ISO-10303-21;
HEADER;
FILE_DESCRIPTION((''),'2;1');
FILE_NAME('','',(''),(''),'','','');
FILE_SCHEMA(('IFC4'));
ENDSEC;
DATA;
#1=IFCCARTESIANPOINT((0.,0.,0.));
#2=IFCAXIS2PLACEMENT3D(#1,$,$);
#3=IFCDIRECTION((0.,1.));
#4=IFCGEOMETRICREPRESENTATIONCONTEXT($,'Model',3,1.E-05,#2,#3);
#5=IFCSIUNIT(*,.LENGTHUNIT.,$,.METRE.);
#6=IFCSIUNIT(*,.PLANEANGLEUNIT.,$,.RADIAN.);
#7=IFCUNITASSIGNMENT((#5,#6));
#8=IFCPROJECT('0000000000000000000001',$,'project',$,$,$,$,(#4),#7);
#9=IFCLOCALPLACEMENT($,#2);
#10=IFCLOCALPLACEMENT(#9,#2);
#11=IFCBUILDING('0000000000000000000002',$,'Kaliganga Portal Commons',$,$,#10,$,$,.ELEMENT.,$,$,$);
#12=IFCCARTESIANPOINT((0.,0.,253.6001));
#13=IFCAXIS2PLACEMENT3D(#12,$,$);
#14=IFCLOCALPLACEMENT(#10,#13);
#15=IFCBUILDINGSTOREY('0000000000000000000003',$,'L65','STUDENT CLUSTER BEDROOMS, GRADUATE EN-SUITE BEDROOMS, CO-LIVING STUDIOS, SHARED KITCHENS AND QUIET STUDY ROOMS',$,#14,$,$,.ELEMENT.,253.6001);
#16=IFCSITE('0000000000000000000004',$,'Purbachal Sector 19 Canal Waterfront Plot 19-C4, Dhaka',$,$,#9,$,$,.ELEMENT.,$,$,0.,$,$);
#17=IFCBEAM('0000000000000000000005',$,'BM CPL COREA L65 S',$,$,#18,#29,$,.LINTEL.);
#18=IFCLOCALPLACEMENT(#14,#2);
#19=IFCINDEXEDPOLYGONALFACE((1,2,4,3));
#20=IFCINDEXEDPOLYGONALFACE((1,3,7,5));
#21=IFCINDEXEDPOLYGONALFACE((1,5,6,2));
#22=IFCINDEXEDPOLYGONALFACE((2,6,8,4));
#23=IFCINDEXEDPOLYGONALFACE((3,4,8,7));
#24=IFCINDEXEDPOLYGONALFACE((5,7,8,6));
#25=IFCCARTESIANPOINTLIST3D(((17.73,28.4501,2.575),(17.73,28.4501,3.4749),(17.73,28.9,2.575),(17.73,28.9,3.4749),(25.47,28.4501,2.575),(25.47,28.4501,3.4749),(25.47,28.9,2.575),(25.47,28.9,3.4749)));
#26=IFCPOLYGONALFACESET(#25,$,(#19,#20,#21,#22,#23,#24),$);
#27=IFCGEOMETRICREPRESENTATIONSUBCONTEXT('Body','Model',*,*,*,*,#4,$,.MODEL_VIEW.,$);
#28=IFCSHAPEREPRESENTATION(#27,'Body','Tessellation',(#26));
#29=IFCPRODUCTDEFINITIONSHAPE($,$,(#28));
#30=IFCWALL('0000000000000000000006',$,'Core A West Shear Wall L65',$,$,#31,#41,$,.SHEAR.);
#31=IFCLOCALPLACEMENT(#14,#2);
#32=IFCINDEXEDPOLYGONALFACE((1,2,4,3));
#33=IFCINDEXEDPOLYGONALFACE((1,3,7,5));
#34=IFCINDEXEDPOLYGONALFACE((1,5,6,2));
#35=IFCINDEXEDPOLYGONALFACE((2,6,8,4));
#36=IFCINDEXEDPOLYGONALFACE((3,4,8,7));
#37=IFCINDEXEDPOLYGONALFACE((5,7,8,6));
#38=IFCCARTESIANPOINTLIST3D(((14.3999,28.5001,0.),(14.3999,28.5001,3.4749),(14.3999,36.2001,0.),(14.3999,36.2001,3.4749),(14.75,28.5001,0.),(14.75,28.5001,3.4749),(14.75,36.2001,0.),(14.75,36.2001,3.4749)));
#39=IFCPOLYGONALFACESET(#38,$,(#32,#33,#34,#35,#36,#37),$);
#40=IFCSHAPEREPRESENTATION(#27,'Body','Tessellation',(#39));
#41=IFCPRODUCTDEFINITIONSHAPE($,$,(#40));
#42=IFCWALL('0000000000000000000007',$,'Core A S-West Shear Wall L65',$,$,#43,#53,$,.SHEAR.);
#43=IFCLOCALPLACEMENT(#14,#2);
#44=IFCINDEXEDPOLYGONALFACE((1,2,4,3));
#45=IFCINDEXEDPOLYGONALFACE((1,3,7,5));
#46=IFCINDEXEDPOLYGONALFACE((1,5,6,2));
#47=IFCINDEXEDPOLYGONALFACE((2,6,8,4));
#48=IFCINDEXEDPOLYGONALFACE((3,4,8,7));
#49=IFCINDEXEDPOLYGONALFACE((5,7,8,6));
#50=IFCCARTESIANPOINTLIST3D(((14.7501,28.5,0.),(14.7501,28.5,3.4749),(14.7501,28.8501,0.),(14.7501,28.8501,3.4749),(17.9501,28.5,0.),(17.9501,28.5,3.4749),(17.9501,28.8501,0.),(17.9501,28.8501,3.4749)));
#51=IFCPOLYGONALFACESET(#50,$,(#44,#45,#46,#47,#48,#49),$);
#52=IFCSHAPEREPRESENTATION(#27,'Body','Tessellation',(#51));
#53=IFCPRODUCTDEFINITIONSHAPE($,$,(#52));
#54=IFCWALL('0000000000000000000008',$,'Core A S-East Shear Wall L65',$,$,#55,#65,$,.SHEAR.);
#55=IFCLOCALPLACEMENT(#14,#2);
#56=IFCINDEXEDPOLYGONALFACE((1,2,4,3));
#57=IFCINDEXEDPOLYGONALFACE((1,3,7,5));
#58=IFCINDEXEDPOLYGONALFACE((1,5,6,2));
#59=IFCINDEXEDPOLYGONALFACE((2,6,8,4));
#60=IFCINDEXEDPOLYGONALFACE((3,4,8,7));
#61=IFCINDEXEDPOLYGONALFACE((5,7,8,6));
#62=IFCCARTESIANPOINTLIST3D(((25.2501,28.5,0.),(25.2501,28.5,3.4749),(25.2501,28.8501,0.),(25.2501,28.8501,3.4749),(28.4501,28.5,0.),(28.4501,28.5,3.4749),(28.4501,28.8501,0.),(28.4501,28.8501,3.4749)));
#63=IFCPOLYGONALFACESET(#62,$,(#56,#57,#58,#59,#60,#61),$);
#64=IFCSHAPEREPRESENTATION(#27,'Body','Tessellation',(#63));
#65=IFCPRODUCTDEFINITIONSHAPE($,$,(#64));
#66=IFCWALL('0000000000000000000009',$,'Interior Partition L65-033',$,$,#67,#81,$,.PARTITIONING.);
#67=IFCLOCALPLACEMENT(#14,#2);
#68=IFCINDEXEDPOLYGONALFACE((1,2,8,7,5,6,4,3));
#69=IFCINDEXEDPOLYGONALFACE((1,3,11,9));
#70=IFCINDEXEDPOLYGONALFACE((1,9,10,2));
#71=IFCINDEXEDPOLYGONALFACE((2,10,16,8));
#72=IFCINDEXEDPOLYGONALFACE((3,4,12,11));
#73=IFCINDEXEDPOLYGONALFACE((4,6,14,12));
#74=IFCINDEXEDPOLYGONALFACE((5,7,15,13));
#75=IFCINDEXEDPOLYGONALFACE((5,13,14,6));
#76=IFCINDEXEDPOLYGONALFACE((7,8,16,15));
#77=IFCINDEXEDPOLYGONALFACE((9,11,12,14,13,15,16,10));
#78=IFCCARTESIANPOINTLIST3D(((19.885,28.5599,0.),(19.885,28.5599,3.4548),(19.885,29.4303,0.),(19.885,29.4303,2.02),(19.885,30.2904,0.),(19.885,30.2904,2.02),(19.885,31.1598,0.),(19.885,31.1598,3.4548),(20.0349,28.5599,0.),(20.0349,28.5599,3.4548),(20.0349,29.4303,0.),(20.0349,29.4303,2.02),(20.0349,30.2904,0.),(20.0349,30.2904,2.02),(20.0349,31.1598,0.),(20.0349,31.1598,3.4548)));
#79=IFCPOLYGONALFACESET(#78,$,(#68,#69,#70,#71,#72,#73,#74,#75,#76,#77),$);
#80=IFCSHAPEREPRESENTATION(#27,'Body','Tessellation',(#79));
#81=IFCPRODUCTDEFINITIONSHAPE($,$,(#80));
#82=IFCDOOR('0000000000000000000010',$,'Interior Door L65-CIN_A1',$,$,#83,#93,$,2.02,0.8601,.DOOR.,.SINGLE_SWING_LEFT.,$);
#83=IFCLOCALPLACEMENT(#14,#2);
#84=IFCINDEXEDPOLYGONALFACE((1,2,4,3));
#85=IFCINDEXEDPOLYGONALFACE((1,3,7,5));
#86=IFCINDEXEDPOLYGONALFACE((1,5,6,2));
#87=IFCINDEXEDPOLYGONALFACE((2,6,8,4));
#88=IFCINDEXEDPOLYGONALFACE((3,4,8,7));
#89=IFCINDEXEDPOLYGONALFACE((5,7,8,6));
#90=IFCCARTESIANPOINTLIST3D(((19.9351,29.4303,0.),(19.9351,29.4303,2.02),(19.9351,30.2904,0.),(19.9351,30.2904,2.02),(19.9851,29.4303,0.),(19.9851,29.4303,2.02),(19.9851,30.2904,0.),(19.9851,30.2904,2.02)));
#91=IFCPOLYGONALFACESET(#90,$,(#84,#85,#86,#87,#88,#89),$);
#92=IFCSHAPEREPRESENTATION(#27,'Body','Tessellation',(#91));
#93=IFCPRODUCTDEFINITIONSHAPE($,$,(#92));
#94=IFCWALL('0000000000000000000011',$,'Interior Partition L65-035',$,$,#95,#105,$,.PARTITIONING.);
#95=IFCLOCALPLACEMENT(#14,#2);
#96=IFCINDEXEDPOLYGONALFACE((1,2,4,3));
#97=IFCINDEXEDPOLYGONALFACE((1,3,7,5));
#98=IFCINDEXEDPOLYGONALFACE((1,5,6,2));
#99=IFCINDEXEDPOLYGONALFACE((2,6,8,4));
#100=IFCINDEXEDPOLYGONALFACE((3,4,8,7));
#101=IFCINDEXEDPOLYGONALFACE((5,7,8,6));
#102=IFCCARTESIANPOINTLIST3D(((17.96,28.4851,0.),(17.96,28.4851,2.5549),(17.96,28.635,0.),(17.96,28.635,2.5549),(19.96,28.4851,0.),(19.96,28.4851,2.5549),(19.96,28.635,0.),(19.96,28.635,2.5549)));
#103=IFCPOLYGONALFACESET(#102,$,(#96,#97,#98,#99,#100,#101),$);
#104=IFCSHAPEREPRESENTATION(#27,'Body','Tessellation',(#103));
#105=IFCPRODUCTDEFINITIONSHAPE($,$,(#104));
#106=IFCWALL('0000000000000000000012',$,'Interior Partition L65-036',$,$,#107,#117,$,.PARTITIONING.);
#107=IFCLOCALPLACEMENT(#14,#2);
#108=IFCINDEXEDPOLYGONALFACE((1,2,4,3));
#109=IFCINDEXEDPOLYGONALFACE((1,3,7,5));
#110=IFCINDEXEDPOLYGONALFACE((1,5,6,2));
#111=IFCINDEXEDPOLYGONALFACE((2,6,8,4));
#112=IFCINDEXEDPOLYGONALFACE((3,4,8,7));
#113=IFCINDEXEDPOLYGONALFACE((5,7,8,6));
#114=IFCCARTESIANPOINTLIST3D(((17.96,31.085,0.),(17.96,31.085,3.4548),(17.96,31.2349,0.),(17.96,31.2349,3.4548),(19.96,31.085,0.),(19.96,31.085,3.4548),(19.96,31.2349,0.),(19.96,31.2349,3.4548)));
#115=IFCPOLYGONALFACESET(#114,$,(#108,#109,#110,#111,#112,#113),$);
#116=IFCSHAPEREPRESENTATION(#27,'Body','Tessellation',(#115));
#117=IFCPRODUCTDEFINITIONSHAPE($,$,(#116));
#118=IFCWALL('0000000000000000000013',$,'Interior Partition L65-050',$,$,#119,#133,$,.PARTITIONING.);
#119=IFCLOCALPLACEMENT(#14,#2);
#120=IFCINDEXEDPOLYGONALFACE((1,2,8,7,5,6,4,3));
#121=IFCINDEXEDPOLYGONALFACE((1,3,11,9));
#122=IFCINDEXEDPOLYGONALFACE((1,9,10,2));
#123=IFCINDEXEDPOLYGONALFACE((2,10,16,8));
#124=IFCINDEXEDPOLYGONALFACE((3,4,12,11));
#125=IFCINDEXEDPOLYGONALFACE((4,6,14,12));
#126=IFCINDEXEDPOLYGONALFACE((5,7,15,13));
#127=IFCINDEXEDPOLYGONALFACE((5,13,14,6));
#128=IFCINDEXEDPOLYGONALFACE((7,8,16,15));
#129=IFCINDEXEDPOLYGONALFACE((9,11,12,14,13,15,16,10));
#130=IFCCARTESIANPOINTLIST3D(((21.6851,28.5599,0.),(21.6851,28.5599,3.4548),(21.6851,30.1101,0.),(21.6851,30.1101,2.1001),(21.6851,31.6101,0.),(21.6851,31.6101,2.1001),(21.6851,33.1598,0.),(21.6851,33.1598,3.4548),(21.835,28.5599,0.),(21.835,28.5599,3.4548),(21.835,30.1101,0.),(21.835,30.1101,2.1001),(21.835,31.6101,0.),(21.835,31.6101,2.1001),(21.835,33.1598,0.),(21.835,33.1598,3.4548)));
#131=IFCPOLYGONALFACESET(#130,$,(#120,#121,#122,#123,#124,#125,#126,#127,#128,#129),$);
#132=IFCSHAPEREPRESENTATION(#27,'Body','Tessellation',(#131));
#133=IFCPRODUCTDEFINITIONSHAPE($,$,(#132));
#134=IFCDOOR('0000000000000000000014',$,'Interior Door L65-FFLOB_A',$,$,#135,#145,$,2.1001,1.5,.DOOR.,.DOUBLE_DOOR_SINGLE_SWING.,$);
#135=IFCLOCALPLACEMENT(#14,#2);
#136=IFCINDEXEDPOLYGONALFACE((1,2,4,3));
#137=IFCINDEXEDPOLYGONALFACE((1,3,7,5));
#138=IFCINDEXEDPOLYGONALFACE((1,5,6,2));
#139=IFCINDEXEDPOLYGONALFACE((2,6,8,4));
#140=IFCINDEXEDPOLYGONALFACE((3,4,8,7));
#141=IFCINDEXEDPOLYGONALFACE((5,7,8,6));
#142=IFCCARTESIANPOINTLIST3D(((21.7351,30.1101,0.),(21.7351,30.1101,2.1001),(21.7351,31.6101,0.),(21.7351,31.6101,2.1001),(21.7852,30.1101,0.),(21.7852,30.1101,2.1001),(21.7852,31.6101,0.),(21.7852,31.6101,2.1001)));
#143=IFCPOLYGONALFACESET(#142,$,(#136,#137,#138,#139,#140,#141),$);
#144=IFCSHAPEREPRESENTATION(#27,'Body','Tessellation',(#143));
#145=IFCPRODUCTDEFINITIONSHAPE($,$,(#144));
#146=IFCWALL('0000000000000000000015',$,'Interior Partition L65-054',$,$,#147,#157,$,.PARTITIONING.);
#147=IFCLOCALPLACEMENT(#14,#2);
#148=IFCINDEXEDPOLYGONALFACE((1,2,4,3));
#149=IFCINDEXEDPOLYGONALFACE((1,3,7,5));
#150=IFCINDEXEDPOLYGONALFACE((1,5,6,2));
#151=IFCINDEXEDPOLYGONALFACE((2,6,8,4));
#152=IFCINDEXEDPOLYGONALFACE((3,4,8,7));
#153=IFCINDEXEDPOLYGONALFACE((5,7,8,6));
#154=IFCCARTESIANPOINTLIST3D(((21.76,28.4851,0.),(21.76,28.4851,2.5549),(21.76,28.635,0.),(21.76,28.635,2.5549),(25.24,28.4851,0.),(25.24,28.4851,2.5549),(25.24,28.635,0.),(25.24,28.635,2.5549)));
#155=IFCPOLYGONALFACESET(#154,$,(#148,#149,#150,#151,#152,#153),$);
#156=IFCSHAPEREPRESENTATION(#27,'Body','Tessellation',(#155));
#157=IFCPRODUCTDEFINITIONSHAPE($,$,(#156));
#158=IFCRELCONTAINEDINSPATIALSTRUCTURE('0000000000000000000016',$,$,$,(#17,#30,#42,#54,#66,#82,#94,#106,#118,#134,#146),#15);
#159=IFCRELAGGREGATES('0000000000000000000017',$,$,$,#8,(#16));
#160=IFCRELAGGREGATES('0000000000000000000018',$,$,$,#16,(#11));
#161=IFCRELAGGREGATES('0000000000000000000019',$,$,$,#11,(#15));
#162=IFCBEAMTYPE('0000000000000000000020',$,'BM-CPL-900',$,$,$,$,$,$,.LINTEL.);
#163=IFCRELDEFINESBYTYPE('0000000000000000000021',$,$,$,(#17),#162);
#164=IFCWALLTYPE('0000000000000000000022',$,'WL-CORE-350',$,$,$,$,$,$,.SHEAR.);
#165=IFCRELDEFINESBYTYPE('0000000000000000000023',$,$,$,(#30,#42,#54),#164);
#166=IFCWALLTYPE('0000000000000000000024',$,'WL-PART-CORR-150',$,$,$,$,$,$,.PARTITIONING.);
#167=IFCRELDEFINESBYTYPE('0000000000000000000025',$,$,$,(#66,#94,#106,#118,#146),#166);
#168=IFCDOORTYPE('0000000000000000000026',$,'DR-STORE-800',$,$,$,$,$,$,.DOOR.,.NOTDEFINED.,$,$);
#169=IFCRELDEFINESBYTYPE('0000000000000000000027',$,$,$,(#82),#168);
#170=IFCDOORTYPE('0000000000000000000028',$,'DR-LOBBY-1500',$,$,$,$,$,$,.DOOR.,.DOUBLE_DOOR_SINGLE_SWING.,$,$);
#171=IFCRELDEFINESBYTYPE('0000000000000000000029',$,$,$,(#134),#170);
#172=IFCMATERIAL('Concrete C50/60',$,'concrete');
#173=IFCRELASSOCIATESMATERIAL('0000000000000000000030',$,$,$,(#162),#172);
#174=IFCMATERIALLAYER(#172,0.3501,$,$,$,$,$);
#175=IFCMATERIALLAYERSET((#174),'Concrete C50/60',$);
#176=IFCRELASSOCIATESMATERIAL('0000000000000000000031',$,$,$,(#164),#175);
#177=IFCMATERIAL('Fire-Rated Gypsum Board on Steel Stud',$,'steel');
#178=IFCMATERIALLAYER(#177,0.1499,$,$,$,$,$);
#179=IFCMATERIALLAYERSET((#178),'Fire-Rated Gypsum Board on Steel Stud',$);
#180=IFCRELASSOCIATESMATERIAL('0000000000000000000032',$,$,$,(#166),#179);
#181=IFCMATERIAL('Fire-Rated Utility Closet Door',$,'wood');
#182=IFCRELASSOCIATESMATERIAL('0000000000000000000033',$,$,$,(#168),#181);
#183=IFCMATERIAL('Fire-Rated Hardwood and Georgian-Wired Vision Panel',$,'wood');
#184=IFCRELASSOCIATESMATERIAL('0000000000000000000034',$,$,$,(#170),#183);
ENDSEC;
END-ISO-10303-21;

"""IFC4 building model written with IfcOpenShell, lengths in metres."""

from ifc_helpers import new_model, si_unit, direction, frame, frame_2d, origin, origin_2d, place, context, subcontext, project, spatial, rectangle, extrude, source, transform, mapped, material, layer, layer_set, material_profile, profile_set, type_object, element, fill, save


model = new_model("IFC4")

# Units and contexts
model_context = context("Model", 3, precision=1e-05, world=origin(), true_north=direction((0.0, 1.0)))
body_context = subcontext(model_context, "Body", "Model", "MODEL_VIEW")
ifc_project = project(units=[si_unit("LENGTHUNIT", "METRE"), si_unit("PLANEANGLEUNIT", "RADIAN")], contexts=[model_context])

# Site, building, storey
site_placement = place(None, origin())
site = spatial("IfcSite", under=ifc_project, at=site_placement, Name="Purbachal Sector 19 Canal Waterfront Plot 19-C4, Dhaka", CompositionType="ELEMENT", RefElevation=0.0)
building_placement = place(site_placement, origin())
building = spatial("IfcBuilding", under=site, at=building_placement, Name="Kaliganga Portal Commons", CompositionType="ELEMENT")
storey_placement = place(building_placement, frame((0.0, 0.0, 253.6001)))
storey = spatial("IfcBuildingStorey", under=building, at=storey_placement, Name="L65", Description="STUDENT CLUSTER BEDROOMS, GRADUATE EN-SUITE BEDROOMS, CO-LIVING STUDIOS, SHARED KITCHENS AND QUIET STUDY ROOMS", CompositionType="ELEMENT", Elevation=253.6001)

# Beam
ifc_material_1 = material(Name="Concrete C50/60", Category="concrete")
ifc_material_profile = material_profile(ifc_material_1, rectangle(XDim=0.45, YDim=0.8999, at=origin_2d()), Name="RC 450x900")
ifc_profile_set = profile_set([ifc_material_profile], Name="Concrete C50/60")
beam_type = type_object("IfcBeamType", Name="BM-CPL-900", PredefinedType="LINTEL", material=ifc_profile_set)
shared_shape = source(origin(), body_context, "Body", "SweptSolid", [
    extrude(rectangle(XDim=0.45, YDim=0.8999, at=origin_2d()), origin(), (0.0, 0.0, 1.0), 7.74),
])
beam_placement = place(storey_placement, frame((17.73, 28.675, 3.0249), z_axis=(1.0, 0.0, 0.0), x_axis=(0.0, 1.0, 0.0)))
element("IfcBeam", 1, at=beam_placement, inside=storey, type_object=beam_type, Name="BM CPL COREA L65 S", PredefinedType="LINTEL", context=body_context, shape_type="MappedRepresentation", body=[
    mapped(shared_shape, transform((0.0, 0.0, 0.0), x_axis=(1.0, 0.0, 0.0), y_axis=(0.0, 1.0, 0.0), z_axis=(0.0, 0.0, 1.0), scale=1.0)),
])

# Walls
ifc_layer_1 = layer(ifc_material_1, 0.3501)
ifc_layer_set_1 = layer_set([ifc_layer_1], Name="Concrete C50/60")
wall_type_1 = type_object("IfcWallType", Name="WL-CORE-350", PredefinedType="SHEAR", material=ifc_layer_set_1)
wall_1_placement = place(storey_placement, frame((14.575, 28.5, 0.0), z_axis=(0.0, 0.0, 1.0), x_axis=(0.0, 1.0, 0.0)))
element("IfcWall", 2, at=wall_1_placement, inside=storey, type_object=wall_type_1, Name="Core A West Shear Wall L65", PredefinedType="SHEAR", context=body_context, shape_type="SweptSolid", body=[
    extrude(rectangle(XDim=7.7, YDim=0.3501, at=frame_2d((3.8501, 0.0))), origin(), (0.0, 0.0, 1.0), 3.4749),
])
for number, where, z_axis, x_axis, name in (
    (3, (14.75, 28.675, 0.0), (0.0, 0.0, 1.0), (1.0, 0.0, 0.0), "Core A S-West Shear Wall L65"),
    (4, (25.25, 28.675, 0.0), (0.0, 0.0, 1.0), (1.0, 0.0, 0.0), "Core A S-East Shear Wall L65"),
):
    element("IfcWall", number, at=place(storey_placement, frame(where, z_axis=z_axis, x_axis=x_axis)), inside=storey, type_object=wall_type_1, Name=name, PredefinedType="SHEAR", context=body_context, shape_type="SweptSolid", body=[
        extrude(rectangle(XDim=3.2, YDim=0.3501, at=frame_2d((1.6001, 0.0))), origin(), (0.0, 0.0, 1.0), 3.4749),
    ])

# Wall, opening, door
ifc_material_2 = material(Name="Fire-Rated Gypsum Board on Steel Stud", Category="steel")
ifc_layer_2 = layer(ifc_material_2, 0.1499)
ifc_layer_set_2 = layer_set([ifc_layer_2], Name="Fire-Rated Gypsum Board on Steel Stud")
wall_type_2 = type_object("IfcWallType", Name="WL-PART-CORR-150", PredefinedType="PARTITIONING", material=ifc_layer_set_2)
wall_2_placement = place(storey_placement, frame((19.96, 28.5601, 0.0), z_axis=(0.0, 0.0, 1.0), x_axis=(0.0, 1.0, 0.0)))
wall_2 = element("IfcWall", 5, at=wall_2_placement, inside=storey, type_object=wall_type_2, Name="Interior Partition L65-033", PredefinedType="PARTITIONING", context=body_context, shape_type="SweptSolid", body=[
    extrude(rectangle(XDim=2.5999, YDim=0.1499, at=frame_2d((1.2998, 0.0))), origin(), (0.0, 0.0, 1.0), 3.4548),
])
opening_1_placement = place(wall_2_placement, frame((0.8701, 0.0, 0.0)))
opening_1 = element("IfcOpeningElement", 6, at=opening_1_placement, cuts=wall_2, PredefinedType="OPENING", context=body_context, shape_type="SweptSolid", body=[
    extrude(rectangle(XDim=0.8601, YDim=2.02, at=frame_2d((0.4302, 1.01))), frame((0.0, 0.085, 0.0), z_axis=(0.0, -1.0, 0.0), x_axis=(1.0, 0.0, 0.0)), (0.0, 0.0, 1.0), 0.1699),
])
ifc_material_3 = material(Name="Fire-Rated Utility Closet Door", Category="wood")
door_type_1 = type_object("IfcDoorType", Name="DR-STORE-800", OperationType="NOTDEFINED", PredefinedType="DOOR", material=ifc_material_3)
door_1_placement = place(opening_1_placement, origin())
door_1 = element("IfcDoor", 7, at=door_1_placement, inside=storey, type_object=door_type_1, Name="Interior Door L65-CIN_A1", OperationType="SINGLE_SWING_LEFT", OverallHeight=2.02, OverallWidth=0.8601, PredefinedType="DOOR", context=body_context, shape_type="SweptSolid", body=[
    extrude(rectangle(XDim=0.8601, YDim=2.02, at=frame_2d((0.4302, 1.01))), frame((0.0, 0.0249, 0.0), z_axis=(0.0, -1.0, 0.0), x_axis=(1.0, 0.0, 0.0)), (0.0, 0.0, 1.0), 0.05),
])
fill(opening_1, door_1)

# Walls
wall_3_placement = place(storey_placement, frame((17.96, 28.5601, 0.0), z_axis=(0.0, 0.0, 1.0), x_axis=(1.0, 0.0, 0.0)))
element("IfcWall", 8, at=wall_3_placement, inside=storey, type_object=wall_type_2, Name="Interior Partition L65-035", PredefinedType="PARTITIONING", context=body_context, shape_type="SweptSolid", body=[
    extrude(rectangle(XDim=2.0, YDim=0.1499, at=frame_2d((1.0, 0.0))), origin(), (0.0, 0.0, 1.0), 2.5549),
])
wall_4_placement = place(storey_placement, frame((17.96, 31.1599, 0.0), z_axis=(0.0, 0.0, 1.0), x_axis=(1.0, 0.0, 0.0)))
element("IfcWall", 9, at=wall_4_placement, inside=storey, type_object=wall_type_2, Name="Interior Partition L65-036", PredefinedType="PARTITIONING", context=body_context, shape_type="SweptSolid", body=[
    extrude(rectangle(XDim=2.0, YDim=0.1499, at=frame_2d((1.0, 0.0))), origin(), (0.0, 0.0, 1.0), 3.4548),
])

# Wall, opening, door
wall_5_placement = place(storey_placement, frame((21.76, 28.5601, 0.0), z_axis=(0.0, 0.0, 1.0), x_axis=(0.0, 1.0, 0.0)))
wall_5 = element("IfcWall", 10, at=wall_5_placement, inside=storey, type_object=wall_type_2, Name="Interior Partition L65-050", PredefinedType="PARTITIONING", context=body_context, shape_type="SweptSolid", body=[
    extrude(rectangle(XDim=4.5999, YDim=0.1499, at=frame_2d((2.2998, 0.0))), origin(), (0.0, 0.0, 1.0), 3.4548),
])
opening_2_placement = place(wall_5_placement, frame((1.55, 0.0, 0.0)))
opening_2 = element("IfcOpeningElement", 11, at=opening_2_placement, cuts=wall_5, PredefinedType="OPENING", context=body_context, shape_type="SweptSolid", body=[
    extrude(rectangle(XDim=1.5, YDim=2.1001, at=frame_2d((0.75, 1.05))), frame((0.0, 0.085, 0.0), z_axis=(0.0, -1.0, 0.0), x_axis=(1.0, 0.0, 0.0)), (0.0, 0.0, 1.0), 0.1699),
])
ifc_material_4 = material(Name="Fire-Rated Hardwood and Georgian-Wired Vision Panel", Category="wood")
door_type_2 = type_object("IfcDoorType", Name="DR-LOBBY-1500", OperationType="DOUBLE_DOOR_SINGLE_SWING", PredefinedType="DOOR", material=ifc_material_4)
door_2_placement = place(opening_2_placement, origin())
door_2 = element("IfcDoor", 12, at=door_2_placement, inside=storey, type_object=door_type_2, Name="Interior Door L65-FFLOB_A", OperationType="DOUBLE_DOOR_SINGLE_SWING", OverallHeight=2.1001, OverallWidth=1.5, PredefinedType="DOOR", context=body_context, shape_type="SweptSolid", body=[
    extrude(rectangle(XDim=1.5, YDim=2.1001, at=frame_2d((0.75, 1.05))), frame((0.0, 0.0249, 0.0), z_axis=(0.0, -1.0, 0.0), x_axis=(1.0, 0.0, 0.0)), (0.0, 0.0, 1.0), 0.05),
])
fill(opening_2, door_2)

# Wall
wall_6_placement = place(storey_placement, frame((21.76, 28.5601, 0.0), z_axis=(0.0, 0.0, 1.0), x_axis=(1.0, 0.0, 0.0)))
element("IfcWall", 13, at=wall_6_placement, inside=storey, type_object=wall_type_2, Name="Interior Partition L65-054", PredefinedType="PARTITIONING", context=body_context, shape_type="SweptSolid", body=[
    extrude(rectangle(XDim=3.48, YDim=0.1499, at=frame_2d((1.74, 0.0))), origin(), (0.0, 0.0, 1.0), 2.5549),
])

save(model, "model.ifc")
